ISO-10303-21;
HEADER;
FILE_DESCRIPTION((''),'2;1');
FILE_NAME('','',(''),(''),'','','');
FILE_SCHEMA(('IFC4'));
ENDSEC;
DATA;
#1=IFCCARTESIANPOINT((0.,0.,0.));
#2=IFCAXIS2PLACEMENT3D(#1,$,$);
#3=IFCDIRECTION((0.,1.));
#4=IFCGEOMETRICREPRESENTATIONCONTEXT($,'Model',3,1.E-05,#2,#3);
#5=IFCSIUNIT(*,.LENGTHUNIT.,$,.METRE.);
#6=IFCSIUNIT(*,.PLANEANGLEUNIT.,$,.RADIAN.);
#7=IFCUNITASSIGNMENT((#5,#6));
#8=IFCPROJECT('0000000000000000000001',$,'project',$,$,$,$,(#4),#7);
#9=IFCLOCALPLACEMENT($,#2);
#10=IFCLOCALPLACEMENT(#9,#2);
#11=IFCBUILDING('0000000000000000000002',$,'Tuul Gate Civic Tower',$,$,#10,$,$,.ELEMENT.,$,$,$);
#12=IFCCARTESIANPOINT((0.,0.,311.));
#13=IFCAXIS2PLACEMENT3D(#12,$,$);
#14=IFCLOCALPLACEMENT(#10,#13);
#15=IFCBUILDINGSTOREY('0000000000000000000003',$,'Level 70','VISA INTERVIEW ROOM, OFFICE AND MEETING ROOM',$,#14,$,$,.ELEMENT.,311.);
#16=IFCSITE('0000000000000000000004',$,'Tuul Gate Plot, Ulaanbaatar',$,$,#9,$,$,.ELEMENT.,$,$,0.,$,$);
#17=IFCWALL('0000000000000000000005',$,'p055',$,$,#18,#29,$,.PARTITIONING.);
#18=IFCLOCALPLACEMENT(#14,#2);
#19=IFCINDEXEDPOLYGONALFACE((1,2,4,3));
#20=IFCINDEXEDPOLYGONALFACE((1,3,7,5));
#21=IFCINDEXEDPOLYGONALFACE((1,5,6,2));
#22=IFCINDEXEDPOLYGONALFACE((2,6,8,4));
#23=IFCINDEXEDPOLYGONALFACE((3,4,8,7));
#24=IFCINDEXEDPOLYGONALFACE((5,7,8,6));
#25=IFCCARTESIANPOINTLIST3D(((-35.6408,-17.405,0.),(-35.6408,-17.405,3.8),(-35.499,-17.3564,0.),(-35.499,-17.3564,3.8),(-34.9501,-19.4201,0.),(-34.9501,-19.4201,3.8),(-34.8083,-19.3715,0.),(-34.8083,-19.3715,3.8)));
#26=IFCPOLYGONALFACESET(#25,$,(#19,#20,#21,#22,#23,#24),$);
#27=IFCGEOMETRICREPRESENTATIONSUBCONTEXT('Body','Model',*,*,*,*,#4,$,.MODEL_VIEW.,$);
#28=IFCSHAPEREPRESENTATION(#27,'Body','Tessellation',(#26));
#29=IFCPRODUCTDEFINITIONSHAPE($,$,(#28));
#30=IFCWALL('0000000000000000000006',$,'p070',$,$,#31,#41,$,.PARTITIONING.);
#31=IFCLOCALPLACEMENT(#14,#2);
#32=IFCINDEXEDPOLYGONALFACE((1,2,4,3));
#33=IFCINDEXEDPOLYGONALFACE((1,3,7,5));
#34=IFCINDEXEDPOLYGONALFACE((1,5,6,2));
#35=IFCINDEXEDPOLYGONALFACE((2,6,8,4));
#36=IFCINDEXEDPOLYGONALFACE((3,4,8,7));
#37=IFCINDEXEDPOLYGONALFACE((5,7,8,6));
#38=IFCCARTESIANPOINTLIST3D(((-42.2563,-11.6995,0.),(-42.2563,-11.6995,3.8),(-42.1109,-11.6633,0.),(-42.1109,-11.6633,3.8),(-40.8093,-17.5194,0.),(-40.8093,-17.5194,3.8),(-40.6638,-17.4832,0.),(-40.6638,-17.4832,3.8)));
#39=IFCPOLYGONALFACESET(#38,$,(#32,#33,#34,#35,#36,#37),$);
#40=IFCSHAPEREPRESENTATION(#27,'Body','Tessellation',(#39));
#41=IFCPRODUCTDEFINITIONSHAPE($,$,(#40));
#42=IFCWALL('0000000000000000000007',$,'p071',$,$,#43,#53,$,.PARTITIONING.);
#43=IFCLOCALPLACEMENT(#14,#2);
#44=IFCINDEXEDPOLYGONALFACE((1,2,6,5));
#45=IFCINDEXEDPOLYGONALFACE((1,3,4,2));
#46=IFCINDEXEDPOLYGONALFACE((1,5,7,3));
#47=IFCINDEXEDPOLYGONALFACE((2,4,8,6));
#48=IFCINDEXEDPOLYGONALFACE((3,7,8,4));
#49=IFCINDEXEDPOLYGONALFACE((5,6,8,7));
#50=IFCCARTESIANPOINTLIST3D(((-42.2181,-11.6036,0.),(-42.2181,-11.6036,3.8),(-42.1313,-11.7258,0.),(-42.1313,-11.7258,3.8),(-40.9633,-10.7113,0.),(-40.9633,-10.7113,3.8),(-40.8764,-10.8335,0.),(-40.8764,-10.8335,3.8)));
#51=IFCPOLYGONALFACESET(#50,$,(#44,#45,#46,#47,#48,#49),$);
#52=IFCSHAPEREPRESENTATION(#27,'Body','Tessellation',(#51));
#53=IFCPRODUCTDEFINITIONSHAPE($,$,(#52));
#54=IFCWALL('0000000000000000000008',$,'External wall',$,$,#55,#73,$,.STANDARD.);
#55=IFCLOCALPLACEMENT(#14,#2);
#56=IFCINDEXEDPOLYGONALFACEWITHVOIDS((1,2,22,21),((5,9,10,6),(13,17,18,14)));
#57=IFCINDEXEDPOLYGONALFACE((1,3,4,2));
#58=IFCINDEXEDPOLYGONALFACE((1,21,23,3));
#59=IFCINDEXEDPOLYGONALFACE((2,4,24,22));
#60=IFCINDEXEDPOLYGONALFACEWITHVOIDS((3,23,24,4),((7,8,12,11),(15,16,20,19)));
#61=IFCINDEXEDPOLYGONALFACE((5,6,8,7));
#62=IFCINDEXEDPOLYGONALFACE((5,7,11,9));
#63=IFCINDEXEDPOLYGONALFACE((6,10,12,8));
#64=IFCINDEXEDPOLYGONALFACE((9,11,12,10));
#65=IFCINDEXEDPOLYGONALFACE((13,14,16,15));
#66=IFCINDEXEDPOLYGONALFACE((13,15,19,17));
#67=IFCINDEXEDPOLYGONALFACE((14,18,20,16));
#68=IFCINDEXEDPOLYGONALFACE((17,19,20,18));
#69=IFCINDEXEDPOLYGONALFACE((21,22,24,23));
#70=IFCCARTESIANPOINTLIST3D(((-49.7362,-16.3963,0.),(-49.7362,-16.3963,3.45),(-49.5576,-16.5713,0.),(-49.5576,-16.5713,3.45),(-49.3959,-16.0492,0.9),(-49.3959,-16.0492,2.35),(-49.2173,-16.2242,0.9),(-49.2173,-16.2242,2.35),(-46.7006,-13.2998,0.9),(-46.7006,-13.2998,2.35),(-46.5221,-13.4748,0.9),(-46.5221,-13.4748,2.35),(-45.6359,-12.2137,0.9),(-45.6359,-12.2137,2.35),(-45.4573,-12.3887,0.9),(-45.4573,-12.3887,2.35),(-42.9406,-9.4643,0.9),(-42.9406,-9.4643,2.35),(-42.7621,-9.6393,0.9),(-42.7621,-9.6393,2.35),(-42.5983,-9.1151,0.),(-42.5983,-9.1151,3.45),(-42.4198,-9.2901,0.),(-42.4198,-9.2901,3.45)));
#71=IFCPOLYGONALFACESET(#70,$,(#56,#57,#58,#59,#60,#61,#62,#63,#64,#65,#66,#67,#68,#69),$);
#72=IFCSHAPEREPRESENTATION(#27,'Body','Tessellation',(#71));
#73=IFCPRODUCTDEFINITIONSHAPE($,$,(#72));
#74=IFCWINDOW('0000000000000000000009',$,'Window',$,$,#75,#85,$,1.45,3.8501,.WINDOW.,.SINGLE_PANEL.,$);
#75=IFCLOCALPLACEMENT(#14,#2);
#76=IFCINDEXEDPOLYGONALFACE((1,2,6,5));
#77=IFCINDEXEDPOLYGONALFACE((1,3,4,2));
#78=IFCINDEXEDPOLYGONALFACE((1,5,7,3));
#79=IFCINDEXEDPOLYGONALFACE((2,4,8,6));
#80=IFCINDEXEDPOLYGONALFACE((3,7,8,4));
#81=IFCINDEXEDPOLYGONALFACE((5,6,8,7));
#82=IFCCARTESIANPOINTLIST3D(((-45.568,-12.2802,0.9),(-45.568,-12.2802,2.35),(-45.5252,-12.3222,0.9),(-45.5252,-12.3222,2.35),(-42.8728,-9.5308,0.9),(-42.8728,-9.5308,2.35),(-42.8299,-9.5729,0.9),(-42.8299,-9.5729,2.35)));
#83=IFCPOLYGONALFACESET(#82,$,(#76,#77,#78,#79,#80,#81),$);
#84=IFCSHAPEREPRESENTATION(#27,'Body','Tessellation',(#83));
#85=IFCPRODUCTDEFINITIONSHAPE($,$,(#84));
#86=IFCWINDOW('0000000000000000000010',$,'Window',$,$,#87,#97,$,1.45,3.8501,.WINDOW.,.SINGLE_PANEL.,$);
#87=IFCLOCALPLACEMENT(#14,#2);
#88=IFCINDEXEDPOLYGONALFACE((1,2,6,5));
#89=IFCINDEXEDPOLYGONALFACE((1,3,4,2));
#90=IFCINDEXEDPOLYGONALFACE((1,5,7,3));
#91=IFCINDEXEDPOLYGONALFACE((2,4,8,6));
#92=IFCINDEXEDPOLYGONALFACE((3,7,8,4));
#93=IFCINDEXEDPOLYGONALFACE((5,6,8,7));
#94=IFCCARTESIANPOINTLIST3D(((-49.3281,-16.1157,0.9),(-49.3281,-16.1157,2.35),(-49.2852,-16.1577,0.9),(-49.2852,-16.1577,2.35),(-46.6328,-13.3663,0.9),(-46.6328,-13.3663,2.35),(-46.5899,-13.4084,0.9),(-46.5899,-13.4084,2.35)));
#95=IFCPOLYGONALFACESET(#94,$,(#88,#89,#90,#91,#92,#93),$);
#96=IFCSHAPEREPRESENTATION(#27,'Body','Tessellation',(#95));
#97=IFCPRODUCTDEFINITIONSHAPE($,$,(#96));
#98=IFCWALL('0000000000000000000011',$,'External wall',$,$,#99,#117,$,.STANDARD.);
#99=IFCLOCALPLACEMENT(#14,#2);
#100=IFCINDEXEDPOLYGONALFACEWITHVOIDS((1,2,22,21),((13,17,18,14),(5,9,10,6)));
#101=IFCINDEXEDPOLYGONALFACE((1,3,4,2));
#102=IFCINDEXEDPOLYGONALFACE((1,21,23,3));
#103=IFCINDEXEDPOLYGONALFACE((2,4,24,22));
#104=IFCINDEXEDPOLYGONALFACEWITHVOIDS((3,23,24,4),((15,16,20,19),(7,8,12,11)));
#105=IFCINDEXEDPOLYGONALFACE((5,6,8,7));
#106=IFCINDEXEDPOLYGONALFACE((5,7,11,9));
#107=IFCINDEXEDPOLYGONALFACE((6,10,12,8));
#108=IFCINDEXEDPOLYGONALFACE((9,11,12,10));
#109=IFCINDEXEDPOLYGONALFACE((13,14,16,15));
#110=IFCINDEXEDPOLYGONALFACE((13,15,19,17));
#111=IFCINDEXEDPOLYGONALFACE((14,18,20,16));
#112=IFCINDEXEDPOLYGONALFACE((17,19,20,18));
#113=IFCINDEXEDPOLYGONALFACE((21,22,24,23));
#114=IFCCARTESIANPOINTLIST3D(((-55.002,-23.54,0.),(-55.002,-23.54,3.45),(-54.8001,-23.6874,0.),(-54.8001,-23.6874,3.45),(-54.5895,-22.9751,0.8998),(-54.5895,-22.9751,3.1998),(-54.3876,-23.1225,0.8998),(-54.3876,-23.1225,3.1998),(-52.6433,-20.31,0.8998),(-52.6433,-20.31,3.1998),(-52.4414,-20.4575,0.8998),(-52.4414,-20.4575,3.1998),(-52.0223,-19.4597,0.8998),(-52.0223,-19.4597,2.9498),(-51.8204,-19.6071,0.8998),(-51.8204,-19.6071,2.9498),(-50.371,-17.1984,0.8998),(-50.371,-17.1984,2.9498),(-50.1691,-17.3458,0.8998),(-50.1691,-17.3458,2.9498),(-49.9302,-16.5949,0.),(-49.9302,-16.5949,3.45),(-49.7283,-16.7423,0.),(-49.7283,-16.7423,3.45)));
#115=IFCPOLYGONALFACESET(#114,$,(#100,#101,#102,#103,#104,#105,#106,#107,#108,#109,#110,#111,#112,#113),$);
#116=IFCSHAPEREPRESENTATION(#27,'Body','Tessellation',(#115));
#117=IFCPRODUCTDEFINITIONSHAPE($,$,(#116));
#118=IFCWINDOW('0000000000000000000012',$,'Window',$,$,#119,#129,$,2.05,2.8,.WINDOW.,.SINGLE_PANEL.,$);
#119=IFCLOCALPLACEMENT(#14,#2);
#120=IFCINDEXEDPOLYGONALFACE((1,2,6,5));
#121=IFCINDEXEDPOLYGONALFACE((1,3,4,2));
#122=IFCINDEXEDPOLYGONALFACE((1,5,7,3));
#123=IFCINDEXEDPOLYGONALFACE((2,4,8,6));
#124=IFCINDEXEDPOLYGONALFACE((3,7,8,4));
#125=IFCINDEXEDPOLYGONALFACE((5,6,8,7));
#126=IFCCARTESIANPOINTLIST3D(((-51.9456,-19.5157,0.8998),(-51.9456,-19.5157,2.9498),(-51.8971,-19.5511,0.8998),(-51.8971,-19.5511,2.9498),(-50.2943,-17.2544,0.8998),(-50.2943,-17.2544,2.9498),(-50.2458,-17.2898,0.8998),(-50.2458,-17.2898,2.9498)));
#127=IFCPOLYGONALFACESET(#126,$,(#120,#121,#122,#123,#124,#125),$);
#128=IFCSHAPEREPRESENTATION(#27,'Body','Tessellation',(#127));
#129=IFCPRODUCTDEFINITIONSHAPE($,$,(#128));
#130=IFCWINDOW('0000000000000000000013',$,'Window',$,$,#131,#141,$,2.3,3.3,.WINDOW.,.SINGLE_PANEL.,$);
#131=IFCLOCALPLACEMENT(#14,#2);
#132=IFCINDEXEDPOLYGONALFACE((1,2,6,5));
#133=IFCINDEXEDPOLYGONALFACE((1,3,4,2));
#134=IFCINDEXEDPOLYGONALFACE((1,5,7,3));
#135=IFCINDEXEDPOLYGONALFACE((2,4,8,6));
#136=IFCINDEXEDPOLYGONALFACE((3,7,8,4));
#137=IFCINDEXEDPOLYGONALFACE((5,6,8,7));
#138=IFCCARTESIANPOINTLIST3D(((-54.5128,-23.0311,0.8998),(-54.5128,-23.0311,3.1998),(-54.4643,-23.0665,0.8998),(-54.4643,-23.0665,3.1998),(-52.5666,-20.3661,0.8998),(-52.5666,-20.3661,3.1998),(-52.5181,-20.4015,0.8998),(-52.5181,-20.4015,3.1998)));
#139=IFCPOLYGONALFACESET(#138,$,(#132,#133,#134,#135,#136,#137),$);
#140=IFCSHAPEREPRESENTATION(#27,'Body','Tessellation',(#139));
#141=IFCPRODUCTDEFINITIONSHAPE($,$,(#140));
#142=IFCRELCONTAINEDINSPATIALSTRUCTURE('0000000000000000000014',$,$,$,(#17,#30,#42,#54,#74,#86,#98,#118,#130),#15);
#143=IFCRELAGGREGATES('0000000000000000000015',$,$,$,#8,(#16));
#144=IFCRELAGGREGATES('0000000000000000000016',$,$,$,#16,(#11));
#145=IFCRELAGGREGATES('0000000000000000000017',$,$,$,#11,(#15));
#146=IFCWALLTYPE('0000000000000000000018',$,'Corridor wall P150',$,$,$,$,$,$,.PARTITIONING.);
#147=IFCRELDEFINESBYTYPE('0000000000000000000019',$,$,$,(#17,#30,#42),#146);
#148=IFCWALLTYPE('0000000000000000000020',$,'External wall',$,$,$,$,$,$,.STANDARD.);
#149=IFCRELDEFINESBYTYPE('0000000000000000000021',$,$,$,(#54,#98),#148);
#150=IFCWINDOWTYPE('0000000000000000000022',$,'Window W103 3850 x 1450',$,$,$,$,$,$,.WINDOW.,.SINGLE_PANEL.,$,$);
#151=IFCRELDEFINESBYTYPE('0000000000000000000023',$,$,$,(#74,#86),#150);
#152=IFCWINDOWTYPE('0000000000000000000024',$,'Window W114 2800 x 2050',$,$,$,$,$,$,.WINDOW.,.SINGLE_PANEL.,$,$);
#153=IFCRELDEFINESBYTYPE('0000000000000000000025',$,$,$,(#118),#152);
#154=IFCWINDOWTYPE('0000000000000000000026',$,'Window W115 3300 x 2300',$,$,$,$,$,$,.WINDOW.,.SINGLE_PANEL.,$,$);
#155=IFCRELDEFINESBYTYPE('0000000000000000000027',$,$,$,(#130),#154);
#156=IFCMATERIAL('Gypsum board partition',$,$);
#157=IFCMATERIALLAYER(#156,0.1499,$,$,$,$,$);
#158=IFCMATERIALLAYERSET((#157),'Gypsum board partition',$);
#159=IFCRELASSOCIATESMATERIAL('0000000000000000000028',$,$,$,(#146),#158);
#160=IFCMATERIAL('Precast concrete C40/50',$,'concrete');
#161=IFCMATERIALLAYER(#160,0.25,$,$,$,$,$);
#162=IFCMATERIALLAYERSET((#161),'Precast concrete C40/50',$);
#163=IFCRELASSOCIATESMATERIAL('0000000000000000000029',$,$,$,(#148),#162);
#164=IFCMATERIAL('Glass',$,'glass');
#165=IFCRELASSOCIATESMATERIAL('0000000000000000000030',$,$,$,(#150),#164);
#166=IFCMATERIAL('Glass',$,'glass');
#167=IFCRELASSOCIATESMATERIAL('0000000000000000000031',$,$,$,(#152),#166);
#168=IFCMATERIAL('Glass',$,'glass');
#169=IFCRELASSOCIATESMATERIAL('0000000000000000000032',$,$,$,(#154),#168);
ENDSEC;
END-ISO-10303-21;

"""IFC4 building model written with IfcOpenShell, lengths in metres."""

from ifc_helpers import new_model, si_unit, direction, frame, frame_2d, origin, place, context, subcontext, project, spatial, rectangle, extrude, material, layer, layer_set, type_object, element, fill, save


model = new_model("IFC4")

# Units and contexts
model_context = context("Model", 3, precision=1e-05, world=origin(), true_north=direction((0.0, 1.0)))
body_context = subcontext(model_context, "Body", "Model", "MODEL_VIEW")
ifc_project = project(units=[si_unit("LENGTHUNIT", "METRE"), si_unit("PLANEANGLEUNIT", "RADIAN")], contexts=[model_context])

# Site, building, storey
site_placement = place(None, origin())
site = spatial("IfcSite", under=ifc_project, at=site_placement, Name="Tuul Gate Plot, Ulaanbaatar", CompositionType="ELEMENT", RefElevation=0.0)
building_placement = place(site_placement, origin())
building = spatial("IfcBuilding", under=site, at=building_placement, Name="Tuul Gate Civic Tower", CompositionType="ELEMENT")
storey_placement = place(building_placement, frame((0.0, 0.0, 311.0)))
storey = spatial("IfcBuildingStorey", under=building, at=storey_placement, Name="Level 70", Description="VISA INTERVIEW ROOM, OFFICE AND MEETING ROOM", CompositionType="ELEMENT", Elevation=311.0)

# Walls
ifc_material_1 = material(Name="Gypsum board partition")
ifc_layer_1 = layer(ifc_material_1, 0.1499)
ifc_layer_set_1 = layer_set([ifc_layer_1], Name="Gypsum board partition")
wall_type_1 = type_object("IfcWallType", Name="Corridor wall P150", PredefinedType="PARTITIONING", material=ifc_layer_set_1)
wall_1_placement = place(storey_placement, frame((-35.5698, -17.3809, 0.0), z_axis=(0.0, 0.0, 1.0), x_axis=(0.324228, -0.945979, 0.0)))
element("IfcWall", 1, at=wall_1_placement, inside=storey, type_object=wall_type_1, Name="p055", PredefinedType="PARTITIONING", context=body_context, shape_type="SweptSolid", body=[
    extrude(rectangle(XDim=2.1301, YDim=0.1499, at=frame_2d((1.0649, 0.0))), origin(), (0.0, 0.0, 1.0), 3.8),
])
wall_2_placement = place(storey_placement, frame((-42.1836, -11.6814, 0.0), z_axis=(0.0, 0.0, 1.0), x_axis=(0.24129, -0.970453, 0.0)))
element("IfcWall", 2, at=wall_2_placement, inside=storey, type_object=wall_type_1, Name="p070", PredefinedType="PARTITIONING", context=body_context, shape_type="SweptSolid", body=[
    extrude(rectangle(XDim=5.9971, YDim=0.1499, at=frame_2d((2.9985, 0.0))), origin(), (0.0, 0.0, 1.0), 3.8),
])
wall_3_placement = place(storey_placement, frame((-42.1748, -11.6648, 0.0), z_axis=(0.0, 0.0, 1.0), x_axis=(0.814964, 0.579512, 0.0)))
element("IfcWall", 3, at=wall_3_placement, inside=storey, type_object=wall_type_1, Name="p071", PredefinedType="PARTITIONING", context=body_context, shape_type="SweptSolid", body=[
    extrude(rectangle(XDim=1.5398, YDim=0.1499, at=frame_2d((0.77, 0.0))), origin(), (0.0, 0.0, 1.0), 3.8),
])

# Walls, openings, windows
ifc_material_2 = material(Name="Precast concrete C40/50", Category="concrete")
ifc_layer_2 = layer(ifc_material_2, 0.25)
ifc_layer_set_2 = layer_set([ifc_layer_2], Name="Precast concrete C40/50")
wall_type_2 = type_object("IfcWallType", Name="External wall", PredefinedType="STANDARD", material=ifc_layer_set_2)
wall_4_placement = place(storey_placement, frame((-42.509, -9.2026, 0.0), z_axis=(0.0, 0.0, 1.0), x_axis=(-0.700044, -0.714099, 0.0)))
wall_4 = element("IfcWall", 4, at=wall_4_placement, inside=storey, type_object=wall_type_2, Name="External wall", PredefinedType="STANDARD", context=body_context, shape_type="SweptSolid", body=[
    extrude(rectangle(XDim=10.1963, YDim=0.25, at=frame_2d((5.0981, 0.0))), origin(), (0.0, 0.0, 1.0), 3.45),
])
opening_1_placement = place(wall_4_placement, frame((0.489, 0.0, 0.8999)))
opening_1 = element("IfcOpeningElement", 5, at=opening_1_placement, cuts=wall_4, PredefinedType="OPENING", context=body_context, shape_type="SweptSolid", body=[
    extrude(rectangle(XDim=3.8501, YDim=1.45, at=frame_2d((1.925, 0.7251))), frame((0.0, 0.135, 0.0), z_axis=(0.0, -1.0, 0.0), x_axis=(1.0, 0.0, 0.0)), (0.0, 0.0, 1.0), 0.27),
])
opening_2_placement = place(wall_4_placement, frame((5.8601, 0.0, 0.8999)))
opening_2 = element("IfcOpeningElement", 6, at=opening_2_placement, cuts=wall_4, PredefinedType="OPENING", context=body_context, shape_type="SweptSolid", body=[
    extrude(rectangle(XDim=3.8501, YDim=1.45, at=frame_2d((1.925, 0.7251))), frame((0.0, 0.135, 0.0), z_axis=(0.0, -1.0, 0.0), x_axis=(1.0, 0.0, 0.0)), (0.0, 0.0, 1.0), 0.27),
])
ifc_material_3 = material(Name="Glass", Category="glass")
window_type_1 = type_object("IfcWindowType", Name="Window W103 3850 x 1450", PartitioningType="SINGLE_PANEL", PredefinedType="WINDOW", material=ifc_material_3)
window_1_placement = place(opening_1_placement, origin())
window_1 = element("IfcWindow", 7, at=window_1_placement, inside=storey, type_object=window_type_1, Name="Window", OverallHeight=1.45, OverallWidth=3.8501, PartitioningType="SINGLE_PANEL", PredefinedType="WINDOW", context=body_context, shape_type="SweptSolid", body=[
    extrude(rectangle(XDim=3.8501, YDim=1.45, at=frame_2d((1.925, 0.7251))), frame((0.0, 0.03, 0.0), z_axis=(0.0, -1.0, 0.0), x_axis=(1.0, 0.0, 0.0)), (0.0, 0.0, 1.0), 0.0601),
])
fill(opening_1, window_1)
window_2_placement = place(opening_2_placement, origin())
window_2 = element("IfcWindow", 8, at=window_2_placement, inside=storey, type_object=window_type_1, Name="Window", OverallHeight=1.45, OverallWidth=3.8501, PartitioningType="SINGLE_PANEL", PredefinedType="WINDOW", context=body_context, shape_type="SweptSolid", body=[
    extrude(rectangle(XDim=3.8501, YDim=1.45, at=frame_2d((1.925, 0.7251))), frame((0.0, 0.03, 0.0), z_axis=(0.0, -1.0, 0.0), x_axis=(1.0, 0.0, 0.0)), (0.0, 0.0, 1.0), 0.0601),
])
fill(opening_2, window_2)
wall_5_placement = place(storey_placement, frame((-49.8293, -16.6687, 0.0), z_axis=(0.0, 0.0, 1.0), x_axis=(-0.589754, -0.807583, 0.0)))
wall_5 = element("IfcWall", 9, at=wall_5_placement, inside=storey, type_object=wall_type_2, Name="External wall", PredefinedType="STANDARD", context=body_context, shape_type="SweptSolid", body=[
    extrude(rectangle(XDim=8.5999, YDim=0.25, at=frame_2d((4.2998, 0.0))), origin(), (0.0, 0.0, 1.0), 3.45),
])
opening_3_placement = place(wall_5_placement, frame((0.7473, 0.0, 0.8999)))
opening_3 = element("IfcOpeningElement", 10, at=opening_3_placement, cuts=wall_5, PredefinedType="OPENING", context=body_context, shape_type="SweptSolid", body=[
    extrude(rectangle(XDim=2.8, YDim=2.05, at=frame_2d((1.3999, 1.0249))), frame((0.0, 0.135, 0.0), z_axis=(0.0, -1.0, 0.0), x_axis=(1.0, 0.0, 0.0)), (0.0, 0.0, 1.0), 0.27),
])
opening_4_placement = place(wall_5_placement, frame((4.6003, 0.0, 0.8999)))
opening_4 = element("IfcOpeningElement", 11, at=opening_4_placement, cuts=wall_5, PredefinedType="OPENING", context=body_context, shape_type="SweptSolid", body=[
    extrude(rectangle(XDim=3.3, YDim=2.3, at=frame_2d((1.6499, 1.1499))), frame((0.0, 0.135, 0.0), z_axis=(0.0, -1.0, 0.0), x_axis=(1.0, 0.0, 0.0)), (0.0, 0.0, 1.0), 0.27),
])
ifc_material_4 = material(Name="Glass", Category="glass")
window_type_2 = type_object("IfcWindowType", Name="Window W114 2800 x 2050", PartitioningType="SINGLE_PANEL", PredefinedType="WINDOW", material=ifc_material_4)
window_3_placement = place(opening_3_placement, origin())
window_3 = element("IfcWindow", 12, at=window_3_placement, inside=storey, type_object=window_type_2, Name="Window", OverallHeight=2.05, OverallWidth=2.8, PartitioningType="SINGLE_PANEL", PredefinedType="WINDOW", context=body_context, shape_type="SweptSolid", body=[
    extrude(rectangle(XDim=2.8, YDim=2.05, at=frame_2d((1.3999, 1.0249))), frame((0.0, 0.03, 0.0), z_axis=(0.0, -1.0, 0.0), x_axis=(1.0, 0.0, 0.0)), (0.0, 0.0, 1.0), 0.0601),
])
fill(opening_3, window_3)
ifc_material_5 = material(Name="Glass", Category="glass")
window_type_3 = type_object("IfcWindowType", Name="Window W115 3300 x 2300", PartitioningType="SINGLE_PANEL", PredefinedType="WINDOW", material=ifc_material_5)
window_4_placement = place(opening_4_placement, origin())
window_4 = element("IfcWindow", 13, at=window_4_placement, inside=storey, type_object=window_type_3, Name="Window", OverallHeight=2.3, OverallWidth=3.3, PartitioningType="SINGLE_PANEL", PredefinedType="WINDOW", context=body_context, shape_type="SweptSolid", body=[
    extrude(rectangle(XDim=3.3, YDim=2.3, at=frame_2d((1.6499, 1.1499))), frame((0.0, 0.03, 0.0), z_axis=(0.0, -1.0, 0.0), x_axis=(1.0, 0.0, 0.0)), (0.0, 0.0, 1.0), 0.0601),
])
fill(opening_4, window_4)

save(model, "model.ifc")
